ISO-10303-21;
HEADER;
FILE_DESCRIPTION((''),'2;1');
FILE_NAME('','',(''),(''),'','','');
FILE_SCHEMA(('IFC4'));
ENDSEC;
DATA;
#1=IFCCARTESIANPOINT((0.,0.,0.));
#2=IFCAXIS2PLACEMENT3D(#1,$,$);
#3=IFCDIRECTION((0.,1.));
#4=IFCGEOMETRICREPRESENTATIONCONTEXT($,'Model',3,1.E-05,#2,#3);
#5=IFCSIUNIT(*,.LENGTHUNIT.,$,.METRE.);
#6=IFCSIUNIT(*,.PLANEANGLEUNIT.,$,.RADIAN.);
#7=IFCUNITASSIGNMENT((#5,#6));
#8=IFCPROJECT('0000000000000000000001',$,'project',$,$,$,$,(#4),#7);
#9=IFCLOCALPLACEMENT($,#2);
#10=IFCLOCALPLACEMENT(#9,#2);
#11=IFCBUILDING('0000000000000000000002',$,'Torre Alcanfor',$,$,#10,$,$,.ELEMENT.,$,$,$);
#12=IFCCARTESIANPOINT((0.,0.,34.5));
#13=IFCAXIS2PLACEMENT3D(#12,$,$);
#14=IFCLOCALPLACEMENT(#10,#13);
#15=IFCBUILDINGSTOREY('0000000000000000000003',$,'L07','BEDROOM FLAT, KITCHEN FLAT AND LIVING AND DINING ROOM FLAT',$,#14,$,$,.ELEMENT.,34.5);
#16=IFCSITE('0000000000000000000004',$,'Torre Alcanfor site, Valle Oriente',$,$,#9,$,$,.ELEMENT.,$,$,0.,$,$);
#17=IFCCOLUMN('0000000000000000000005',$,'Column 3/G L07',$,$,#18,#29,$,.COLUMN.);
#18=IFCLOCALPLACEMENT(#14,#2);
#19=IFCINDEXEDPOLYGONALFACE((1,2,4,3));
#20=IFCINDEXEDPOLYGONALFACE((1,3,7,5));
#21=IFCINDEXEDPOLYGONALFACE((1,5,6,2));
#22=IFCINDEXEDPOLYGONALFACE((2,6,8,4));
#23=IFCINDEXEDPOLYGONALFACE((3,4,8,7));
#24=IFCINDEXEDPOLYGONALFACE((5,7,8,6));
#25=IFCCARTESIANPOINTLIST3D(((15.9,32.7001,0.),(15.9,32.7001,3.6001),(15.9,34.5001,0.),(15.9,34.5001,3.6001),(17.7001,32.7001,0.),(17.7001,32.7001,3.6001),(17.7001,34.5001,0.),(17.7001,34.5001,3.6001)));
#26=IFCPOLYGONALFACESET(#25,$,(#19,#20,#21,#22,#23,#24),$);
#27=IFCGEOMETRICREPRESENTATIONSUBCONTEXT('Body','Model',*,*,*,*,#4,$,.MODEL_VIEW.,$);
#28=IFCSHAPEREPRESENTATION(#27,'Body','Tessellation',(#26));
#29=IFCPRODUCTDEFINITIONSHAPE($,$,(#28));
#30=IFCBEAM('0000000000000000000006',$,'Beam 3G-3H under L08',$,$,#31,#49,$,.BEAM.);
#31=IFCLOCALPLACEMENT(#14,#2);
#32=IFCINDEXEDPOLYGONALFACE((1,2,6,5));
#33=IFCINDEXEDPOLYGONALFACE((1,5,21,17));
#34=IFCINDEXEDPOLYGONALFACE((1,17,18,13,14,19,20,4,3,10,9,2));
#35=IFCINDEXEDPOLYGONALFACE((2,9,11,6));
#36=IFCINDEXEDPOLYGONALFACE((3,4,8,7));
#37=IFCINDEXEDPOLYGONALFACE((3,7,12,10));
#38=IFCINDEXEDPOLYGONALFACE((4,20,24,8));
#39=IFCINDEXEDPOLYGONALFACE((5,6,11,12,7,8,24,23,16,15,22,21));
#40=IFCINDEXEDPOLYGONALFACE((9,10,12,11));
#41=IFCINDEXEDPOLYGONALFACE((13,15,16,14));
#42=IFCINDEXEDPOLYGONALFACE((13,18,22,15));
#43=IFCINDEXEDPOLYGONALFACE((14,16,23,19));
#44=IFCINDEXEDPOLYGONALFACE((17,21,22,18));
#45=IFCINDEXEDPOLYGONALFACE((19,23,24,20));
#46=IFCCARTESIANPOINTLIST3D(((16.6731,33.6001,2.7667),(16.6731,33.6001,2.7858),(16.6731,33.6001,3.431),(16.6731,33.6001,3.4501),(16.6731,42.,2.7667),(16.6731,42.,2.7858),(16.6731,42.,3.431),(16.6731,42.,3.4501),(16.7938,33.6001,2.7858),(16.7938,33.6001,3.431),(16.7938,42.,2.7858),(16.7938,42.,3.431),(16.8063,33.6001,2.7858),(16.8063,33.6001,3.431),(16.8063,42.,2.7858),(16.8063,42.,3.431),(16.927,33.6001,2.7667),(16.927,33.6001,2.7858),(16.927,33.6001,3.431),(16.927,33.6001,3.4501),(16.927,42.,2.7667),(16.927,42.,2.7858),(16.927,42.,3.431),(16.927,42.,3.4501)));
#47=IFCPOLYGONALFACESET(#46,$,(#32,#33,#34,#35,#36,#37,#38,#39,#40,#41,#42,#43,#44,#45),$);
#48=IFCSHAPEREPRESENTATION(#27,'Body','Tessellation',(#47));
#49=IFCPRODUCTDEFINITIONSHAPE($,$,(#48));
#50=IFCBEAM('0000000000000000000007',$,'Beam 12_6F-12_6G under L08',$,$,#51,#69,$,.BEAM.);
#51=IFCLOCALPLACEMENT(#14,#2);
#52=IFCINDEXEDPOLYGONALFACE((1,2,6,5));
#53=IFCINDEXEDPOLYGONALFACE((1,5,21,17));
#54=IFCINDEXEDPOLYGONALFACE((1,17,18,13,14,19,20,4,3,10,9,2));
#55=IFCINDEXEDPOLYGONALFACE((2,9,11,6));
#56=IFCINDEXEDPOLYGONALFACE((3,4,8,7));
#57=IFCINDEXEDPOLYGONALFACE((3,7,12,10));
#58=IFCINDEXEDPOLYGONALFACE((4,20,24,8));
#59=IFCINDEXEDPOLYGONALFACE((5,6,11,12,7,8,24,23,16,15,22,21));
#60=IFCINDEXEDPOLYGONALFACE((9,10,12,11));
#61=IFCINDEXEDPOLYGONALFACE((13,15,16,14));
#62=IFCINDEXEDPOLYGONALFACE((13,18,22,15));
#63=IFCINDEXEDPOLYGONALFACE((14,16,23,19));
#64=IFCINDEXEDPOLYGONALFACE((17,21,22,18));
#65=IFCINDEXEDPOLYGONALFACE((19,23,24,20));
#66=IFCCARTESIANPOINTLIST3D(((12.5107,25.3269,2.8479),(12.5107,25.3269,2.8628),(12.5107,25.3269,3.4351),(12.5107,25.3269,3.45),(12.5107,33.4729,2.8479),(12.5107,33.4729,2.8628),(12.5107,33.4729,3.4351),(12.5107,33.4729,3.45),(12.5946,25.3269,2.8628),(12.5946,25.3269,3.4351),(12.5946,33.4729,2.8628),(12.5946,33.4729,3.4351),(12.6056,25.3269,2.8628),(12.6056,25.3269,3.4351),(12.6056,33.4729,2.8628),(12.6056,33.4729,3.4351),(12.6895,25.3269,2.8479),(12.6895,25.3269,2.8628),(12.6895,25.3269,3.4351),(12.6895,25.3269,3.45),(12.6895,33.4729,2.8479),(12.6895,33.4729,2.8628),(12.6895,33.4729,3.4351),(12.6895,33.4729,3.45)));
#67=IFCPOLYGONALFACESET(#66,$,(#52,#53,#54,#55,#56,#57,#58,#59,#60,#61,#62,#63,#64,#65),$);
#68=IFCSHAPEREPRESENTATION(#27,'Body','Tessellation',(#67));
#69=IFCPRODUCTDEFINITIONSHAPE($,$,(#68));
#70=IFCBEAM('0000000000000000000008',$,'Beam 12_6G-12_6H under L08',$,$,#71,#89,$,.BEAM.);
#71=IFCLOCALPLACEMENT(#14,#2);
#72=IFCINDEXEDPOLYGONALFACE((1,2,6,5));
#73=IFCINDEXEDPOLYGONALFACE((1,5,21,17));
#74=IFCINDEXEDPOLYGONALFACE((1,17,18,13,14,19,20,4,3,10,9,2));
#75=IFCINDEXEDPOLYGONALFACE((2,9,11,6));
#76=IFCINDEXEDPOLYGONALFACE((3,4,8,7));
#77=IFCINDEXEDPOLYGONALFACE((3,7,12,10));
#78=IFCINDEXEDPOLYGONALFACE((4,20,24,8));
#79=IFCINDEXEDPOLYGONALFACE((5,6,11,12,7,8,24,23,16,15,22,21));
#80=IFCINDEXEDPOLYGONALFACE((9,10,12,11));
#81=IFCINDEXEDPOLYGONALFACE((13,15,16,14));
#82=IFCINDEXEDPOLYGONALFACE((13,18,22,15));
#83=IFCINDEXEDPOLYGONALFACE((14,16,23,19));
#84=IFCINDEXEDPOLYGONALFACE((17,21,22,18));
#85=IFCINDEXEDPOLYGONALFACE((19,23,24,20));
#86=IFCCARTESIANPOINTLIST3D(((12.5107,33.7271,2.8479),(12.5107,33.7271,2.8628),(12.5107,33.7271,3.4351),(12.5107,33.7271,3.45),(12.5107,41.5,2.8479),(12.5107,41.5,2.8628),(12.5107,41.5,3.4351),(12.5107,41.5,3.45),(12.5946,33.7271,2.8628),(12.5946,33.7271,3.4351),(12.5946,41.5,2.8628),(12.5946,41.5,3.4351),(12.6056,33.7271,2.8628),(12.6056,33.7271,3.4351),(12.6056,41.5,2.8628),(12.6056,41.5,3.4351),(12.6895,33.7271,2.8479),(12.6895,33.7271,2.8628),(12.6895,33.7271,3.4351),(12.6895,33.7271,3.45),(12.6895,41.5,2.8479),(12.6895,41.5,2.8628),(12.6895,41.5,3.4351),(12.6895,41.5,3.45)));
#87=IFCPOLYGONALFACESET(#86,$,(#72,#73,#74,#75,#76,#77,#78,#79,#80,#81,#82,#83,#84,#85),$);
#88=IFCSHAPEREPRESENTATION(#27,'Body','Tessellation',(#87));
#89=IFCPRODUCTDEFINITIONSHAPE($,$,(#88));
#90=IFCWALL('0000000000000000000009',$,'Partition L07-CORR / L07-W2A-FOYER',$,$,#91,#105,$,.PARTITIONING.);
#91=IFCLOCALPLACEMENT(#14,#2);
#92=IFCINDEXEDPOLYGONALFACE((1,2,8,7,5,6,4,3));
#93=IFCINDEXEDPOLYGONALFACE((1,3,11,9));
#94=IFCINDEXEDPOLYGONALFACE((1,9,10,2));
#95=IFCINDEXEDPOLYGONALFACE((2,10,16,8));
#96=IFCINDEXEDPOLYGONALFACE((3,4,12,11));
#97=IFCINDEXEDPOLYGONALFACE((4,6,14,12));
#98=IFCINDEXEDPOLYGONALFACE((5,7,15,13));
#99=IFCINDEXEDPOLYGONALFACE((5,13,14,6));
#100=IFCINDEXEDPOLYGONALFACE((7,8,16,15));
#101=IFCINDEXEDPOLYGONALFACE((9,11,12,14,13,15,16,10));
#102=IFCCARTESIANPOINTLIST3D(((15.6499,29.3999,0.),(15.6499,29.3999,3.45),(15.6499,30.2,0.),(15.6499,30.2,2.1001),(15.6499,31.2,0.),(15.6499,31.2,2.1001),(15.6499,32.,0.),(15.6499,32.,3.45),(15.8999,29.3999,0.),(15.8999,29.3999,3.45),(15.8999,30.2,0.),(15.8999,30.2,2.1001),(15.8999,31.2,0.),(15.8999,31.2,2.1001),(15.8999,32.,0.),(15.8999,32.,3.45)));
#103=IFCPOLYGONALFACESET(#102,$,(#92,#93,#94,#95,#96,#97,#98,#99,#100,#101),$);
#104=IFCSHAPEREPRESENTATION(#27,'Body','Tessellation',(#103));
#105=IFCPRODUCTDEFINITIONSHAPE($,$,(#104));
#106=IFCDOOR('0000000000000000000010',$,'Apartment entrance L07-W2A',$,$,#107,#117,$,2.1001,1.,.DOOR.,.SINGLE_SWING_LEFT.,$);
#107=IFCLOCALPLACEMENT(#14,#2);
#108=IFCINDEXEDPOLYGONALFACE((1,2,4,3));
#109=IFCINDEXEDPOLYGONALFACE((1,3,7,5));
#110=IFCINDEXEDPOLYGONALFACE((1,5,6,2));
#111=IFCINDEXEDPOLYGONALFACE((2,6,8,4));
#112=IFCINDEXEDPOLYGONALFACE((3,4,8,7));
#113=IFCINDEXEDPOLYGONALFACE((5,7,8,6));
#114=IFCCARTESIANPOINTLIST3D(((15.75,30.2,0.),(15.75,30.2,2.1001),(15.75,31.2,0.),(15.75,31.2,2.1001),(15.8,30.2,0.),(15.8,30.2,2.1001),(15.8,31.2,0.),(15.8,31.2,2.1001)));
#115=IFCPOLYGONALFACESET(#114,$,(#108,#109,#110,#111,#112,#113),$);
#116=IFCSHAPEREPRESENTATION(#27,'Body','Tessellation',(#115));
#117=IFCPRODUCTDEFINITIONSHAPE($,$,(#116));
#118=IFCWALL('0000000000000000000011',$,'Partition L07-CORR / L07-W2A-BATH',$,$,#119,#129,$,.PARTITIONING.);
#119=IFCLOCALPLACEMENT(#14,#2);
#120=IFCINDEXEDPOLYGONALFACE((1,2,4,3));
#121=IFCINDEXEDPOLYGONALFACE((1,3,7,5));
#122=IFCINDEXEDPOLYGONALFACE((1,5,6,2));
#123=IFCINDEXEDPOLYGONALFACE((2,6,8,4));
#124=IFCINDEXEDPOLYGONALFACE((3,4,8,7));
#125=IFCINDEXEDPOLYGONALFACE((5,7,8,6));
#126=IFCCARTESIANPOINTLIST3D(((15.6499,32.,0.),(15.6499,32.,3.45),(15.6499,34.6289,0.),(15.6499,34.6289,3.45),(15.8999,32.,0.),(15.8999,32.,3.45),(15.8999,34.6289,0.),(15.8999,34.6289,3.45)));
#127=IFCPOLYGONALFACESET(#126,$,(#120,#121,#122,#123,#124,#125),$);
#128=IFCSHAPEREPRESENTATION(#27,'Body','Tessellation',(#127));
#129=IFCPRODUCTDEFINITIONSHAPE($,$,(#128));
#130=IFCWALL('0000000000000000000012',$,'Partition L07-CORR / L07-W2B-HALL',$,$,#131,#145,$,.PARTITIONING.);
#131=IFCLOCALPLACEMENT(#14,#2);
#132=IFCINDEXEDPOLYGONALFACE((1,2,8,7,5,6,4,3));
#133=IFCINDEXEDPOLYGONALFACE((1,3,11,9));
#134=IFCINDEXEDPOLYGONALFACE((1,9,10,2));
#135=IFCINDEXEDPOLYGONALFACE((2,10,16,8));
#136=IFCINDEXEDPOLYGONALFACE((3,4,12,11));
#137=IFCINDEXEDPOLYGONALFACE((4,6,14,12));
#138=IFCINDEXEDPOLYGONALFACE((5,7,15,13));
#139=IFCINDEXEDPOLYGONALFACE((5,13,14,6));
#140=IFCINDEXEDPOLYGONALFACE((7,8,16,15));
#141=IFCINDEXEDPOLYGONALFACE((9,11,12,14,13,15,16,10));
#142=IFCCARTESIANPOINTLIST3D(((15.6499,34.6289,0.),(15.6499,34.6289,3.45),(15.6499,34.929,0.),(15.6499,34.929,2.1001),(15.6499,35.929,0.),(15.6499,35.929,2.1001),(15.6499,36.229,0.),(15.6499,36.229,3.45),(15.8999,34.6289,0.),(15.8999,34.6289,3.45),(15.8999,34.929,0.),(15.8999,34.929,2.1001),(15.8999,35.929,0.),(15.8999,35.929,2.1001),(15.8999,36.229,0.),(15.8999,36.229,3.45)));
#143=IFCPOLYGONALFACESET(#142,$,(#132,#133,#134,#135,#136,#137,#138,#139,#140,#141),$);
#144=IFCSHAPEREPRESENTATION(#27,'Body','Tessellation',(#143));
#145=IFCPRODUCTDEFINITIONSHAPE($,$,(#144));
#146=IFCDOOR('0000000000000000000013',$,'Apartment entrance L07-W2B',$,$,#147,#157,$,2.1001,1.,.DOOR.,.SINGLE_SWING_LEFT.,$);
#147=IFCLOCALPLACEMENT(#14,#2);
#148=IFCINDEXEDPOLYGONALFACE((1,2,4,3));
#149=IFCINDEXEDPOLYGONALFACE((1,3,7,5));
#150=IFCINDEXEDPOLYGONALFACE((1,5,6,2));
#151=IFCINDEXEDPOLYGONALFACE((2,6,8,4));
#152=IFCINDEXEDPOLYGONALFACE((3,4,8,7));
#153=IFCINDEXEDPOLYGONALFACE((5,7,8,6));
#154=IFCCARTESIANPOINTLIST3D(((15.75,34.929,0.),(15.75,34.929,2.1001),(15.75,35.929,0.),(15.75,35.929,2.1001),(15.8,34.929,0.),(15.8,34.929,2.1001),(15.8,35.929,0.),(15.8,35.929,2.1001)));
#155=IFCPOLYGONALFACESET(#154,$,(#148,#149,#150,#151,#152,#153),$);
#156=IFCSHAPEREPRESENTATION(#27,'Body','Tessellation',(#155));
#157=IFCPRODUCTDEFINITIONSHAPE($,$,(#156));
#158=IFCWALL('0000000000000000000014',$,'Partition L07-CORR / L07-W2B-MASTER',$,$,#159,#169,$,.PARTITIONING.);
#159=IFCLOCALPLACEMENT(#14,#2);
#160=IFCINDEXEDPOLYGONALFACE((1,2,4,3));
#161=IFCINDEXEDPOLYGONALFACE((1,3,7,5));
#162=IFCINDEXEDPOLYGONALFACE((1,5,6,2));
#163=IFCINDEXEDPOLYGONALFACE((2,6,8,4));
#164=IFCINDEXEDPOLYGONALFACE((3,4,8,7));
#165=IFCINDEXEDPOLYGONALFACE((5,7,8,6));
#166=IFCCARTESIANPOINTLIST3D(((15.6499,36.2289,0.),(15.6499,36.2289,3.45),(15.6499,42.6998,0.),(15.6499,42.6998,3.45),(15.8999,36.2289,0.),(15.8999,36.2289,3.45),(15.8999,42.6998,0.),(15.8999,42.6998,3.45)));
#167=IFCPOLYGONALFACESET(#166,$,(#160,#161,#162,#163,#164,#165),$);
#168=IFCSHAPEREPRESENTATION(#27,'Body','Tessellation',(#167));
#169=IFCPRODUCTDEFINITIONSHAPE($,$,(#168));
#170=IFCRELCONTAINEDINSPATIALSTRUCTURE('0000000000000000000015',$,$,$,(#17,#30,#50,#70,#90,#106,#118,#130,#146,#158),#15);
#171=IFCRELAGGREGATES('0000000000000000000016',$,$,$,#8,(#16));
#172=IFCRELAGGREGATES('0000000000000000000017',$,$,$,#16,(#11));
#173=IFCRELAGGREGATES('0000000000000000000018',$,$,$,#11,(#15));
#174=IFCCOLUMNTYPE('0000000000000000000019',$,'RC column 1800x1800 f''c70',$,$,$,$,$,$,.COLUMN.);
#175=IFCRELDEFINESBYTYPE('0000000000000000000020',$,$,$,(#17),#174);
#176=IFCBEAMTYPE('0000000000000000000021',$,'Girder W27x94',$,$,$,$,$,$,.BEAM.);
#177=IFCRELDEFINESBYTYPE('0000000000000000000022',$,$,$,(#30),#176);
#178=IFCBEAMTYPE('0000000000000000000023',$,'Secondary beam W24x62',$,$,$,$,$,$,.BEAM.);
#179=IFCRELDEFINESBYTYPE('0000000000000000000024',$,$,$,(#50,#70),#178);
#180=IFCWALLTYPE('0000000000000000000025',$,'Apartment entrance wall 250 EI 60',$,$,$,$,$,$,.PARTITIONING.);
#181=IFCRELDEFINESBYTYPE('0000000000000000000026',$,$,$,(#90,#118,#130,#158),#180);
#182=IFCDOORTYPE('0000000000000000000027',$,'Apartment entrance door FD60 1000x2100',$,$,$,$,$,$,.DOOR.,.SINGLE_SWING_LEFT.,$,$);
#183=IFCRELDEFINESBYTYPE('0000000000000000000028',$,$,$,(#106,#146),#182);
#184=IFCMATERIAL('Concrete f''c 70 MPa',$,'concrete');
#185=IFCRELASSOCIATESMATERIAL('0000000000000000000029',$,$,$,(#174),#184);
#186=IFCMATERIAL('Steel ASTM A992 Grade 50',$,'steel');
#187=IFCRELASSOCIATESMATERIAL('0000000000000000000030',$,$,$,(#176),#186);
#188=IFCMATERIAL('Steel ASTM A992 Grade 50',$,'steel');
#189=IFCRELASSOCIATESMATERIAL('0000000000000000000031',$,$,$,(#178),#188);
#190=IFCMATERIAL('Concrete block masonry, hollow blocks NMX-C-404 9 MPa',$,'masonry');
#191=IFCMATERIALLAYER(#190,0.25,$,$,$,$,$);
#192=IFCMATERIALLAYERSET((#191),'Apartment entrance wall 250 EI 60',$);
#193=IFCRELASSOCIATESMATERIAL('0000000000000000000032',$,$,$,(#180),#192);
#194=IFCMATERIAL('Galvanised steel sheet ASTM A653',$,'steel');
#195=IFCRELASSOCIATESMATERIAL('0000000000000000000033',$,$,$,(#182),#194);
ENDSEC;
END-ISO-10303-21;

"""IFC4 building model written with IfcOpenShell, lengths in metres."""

from ifc_helpers import new_model, si_unit, direction, frame, frame_2d, origin, origin_2d, place, context, subcontext, project, spatial, rectangle, i_section, extrude, material, layer, layer_set, material_profile, profile_set, type_object, element, fill, save


model = new_model("IFC4")

# Units and contexts
model_context = context("Model", 3, precision=1e-05, world=origin(), true_north=direction((0.0, 1.0)))
body_context = subcontext(model_context, "Body", "Model", "MODEL_VIEW")
ifc_project = project(units=[si_unit("LENGTHUNIT", "METRE"), si_unit("PLANEANGLEUNIT", "RADIAN")], contexts=[model_context])

# Site, building, storey
site_placement = place(None, origin())
site = spatial("IfcSite", under=ifc_project, at=site_placement, Name="Torre Alcanfor site, Valle Oriente", CompositionType="ELEMENT", RefElevation=0.0)
building_placement = place(site_placement, origin())
building = spatial("IfcBuilding", under=site, at=building_placement, Name="Torre Alcanfor", CompositionType="ELEMENT")
storey_placement = place(building_placement, frame((0.0, 0.0, 34.5)))
storey = spatial("IfcBuildingStorey", under=building, at=storey_placement, Name="L07", Description="BEDROOM FLAT, KITCHEN FLAT AND LIVING AND DINING ROOM FLAT", CompositionType="ELEMENT", Elevation=34.5)

# Column
ifc_material_1 = material(Name="Concrete f'c 70 MPa", Category="concrete")
ifc_material_profile_1 = material_profile(ifc_material_1, rectangle(XDim=1.8, YDim=1.8, at=origin_2d()), Name="1800x1800")
ifc_profile_set_1 = profile_set([ifc_material_profile_1], Name="Concrete f'c 70 MPa")
column_type = type_object("IfcColumnType", Name="RC column 1800x1800 f'c70", PredefinedType="COLUMN", material=ifc_profile_set_1)
column_placement = place(storey_placement, frame((16.8, 33.6001, 0.0), z_axis=(0.0, 0.0, 1.0), x_axis=(1.0, 0.0, 0.0)))
element("IfcColumn", 1, at=column_placement, inside=storey, type_object=column_type, Name="Column 3/G L07", PredefinedType="COLUMN", context=body_context, shape_type="SweptSolid", body=[
    extrude(rectangle(XDim=1.8, YDim=1.8, at=origin_2d()), origin(), (0.0, 0.0, 1.0), 3.6001),
])

# Beams
ifc_material_2 = material(Name="Steel ASTM A992 Grade 50", Category="steel")
ifc_material_profile_2 = material_profile(ifc_material_2, i_section(OverallWidth=0.2539, OverallDepth=0.6833, WebThickness=0.0125, FlangeThickness=0.019, at=origin_2d()), Name="W27x94")
ifc_profile_set_2 = profile_set([ifc_material_profile_2], Name="Steel ASTM A992 Grade 50")
beam_type_1 = type_object("IfcBeamType", Name="Girder W27x94", PredefinedType="BEAM", material=ifc_profile_set_2)
beam_1_placement = place(storey_placement, frame((16.8, 33.6001, 3.1084), z_axis=(0.0, 1.0, 0.0), x_axis=(-1.0, 0.0, 0.0)))
element("IfcBeam", 2, at=beam_1_placement, inside=storey, type_object=beam_type_1, Name="Beam 3G-3H under L08", PredefinedType="BEAM", context=body_context, shape_type="SweptSolid", body=[
    extrude(i_section(OverallWidth=0.2539, OverallDepth=0.6833, WebThickness=0.0125, FlangeThickness=0.019, at=origin_2d()), origin(), (0.0, 0.0, 1.0), 8.3999),
])
ifc_material_3 = material(Name="Steel ASTM A992 Grade 50", Category="steel")
ifc_material_profile_3 = material_profile(ifc_material_3, i_section(OverallWidth=0.1787, OverallDepth=0.6021, WebThickness=0.011, FlangeThickness=0.0149, at=origin_2d()), Name="W24x62")
ifc_profile_set_3 = profile_set([ifc_material_profile_3], Name="Steel ASTM A992 Grade 50")
beam_type_2 = type_object("IfcBeamType", Name="Secondary beam W24x62", PredefinedType="BEAM", material=ifc_profile_set_3)
beam_2_placement = place(storey_placement, frame((12.6001, 25.3269, 3.1489), z_axis=(0.0, 1.0, 0.0), x_axis=(-1.0, 0.0, 0.0)))
element("IfcBeam", 3, at=beam_2_placement, inside=storey, type_object=beam_type_2, Name="Beam 12_6F-12_6G under L08", PredefinedType="BEAM", context=body_context, shape_type="SweptSolid", body=[
    extrude(i_section(OverallWidth=0.1787, OverallDepth=0.6021, WebThickness=0.011, FlangeThickness=0.0149, at=origin_2d()), origin(), (0.0, 0.0, 1.0), 8.146),
])
beam_3_placement = place(storey_placement, frame((12.6001, 33.7271, 3.1489), z_axis=(0.0, 1.0, 0.0), x_axis=(-1.0, 0.0, 0.0)))
element("IfcBeam", 4, at=beam_3_placement, inside=storey, type_object=beam_type_2, Name="Beam 12_6G-12_6H under L08", PredefinedType="BEAM", context=body_context, shape_type="SweptSolid", body=[
    extrude(i_section(OverallWidth=0.1787, OverallDepth=0.6021, WebThickness=0.011, FlangeThickness=0.0149, at=origin_2d()), origin(), (0.0, 0.0, 1.0), 7.7729),
])

# Wall, opening, door
ifc_material_4 = material(Name="Concrete block masonry, hollow blocks NMX-C-404 9 MPa", Category="masonry")
ifc_layer_1 = layer(ifc_material_4, 0.25)
ifc_layer_set_1 = layer_set([ifc_layer_1], Name="Apartment entrance wall 250 EI 60")
wall_type_1 = type_object("IfcWallType", Name="Apartment entrance wall 250 EI 60", PredefinedType="PARTITIONING", material=ifc_layer_set_1)
wall_1_placement = place(storey_placement, frame((15.7749, 29.3999, 0.0), z_axis=(0.0, 0.0, 1.0), x_axis=(0.0, 1.0, 0.0)))
wall_1 = element("IfcWall", 5, at=wall_1_placement, inside=storey, type_object=wall_type_1, Name="Partition L07-CORR / L07-W2A-FOYER", PredefinedType="PARTITIONING", context=body_context, shape_type="SweptSolid", body=[
    extrude(rectangle(XDim=2.6001, YDim=0.25, at=frame_2d((1.3, 0.0))), origin(), (0.0, 0.0, 1.0), 3.45),
])
opening_1_placement = place(wall_1_placement, frame((0.8, 0.0, 0.0)))
opening_1 = element("IfcOpeningElement", 6, at=opening_1_placement, cuts=wall_1, PredefinedType="OPENING", context=body_context, shape_type="SweptSolid", body=[
    extrude(rectangle(XDim=1.0, YDim=2.1001, at=frame_2d((0.5, 1.05))), frame((0.0, 0.135, 0.0), z_axis=(0.0, -1.0, 0.0), x_axis=(1.0, 0.0, 0.0)), (0.0, 0.0, 1.0), 0.27),
])
ifc_material_5 = material(Name="Galvanised steel sheet ASTM A653", Category="steel")
door_type_1 = type_object("IfcDoorType", Name="Apartment entrance door FD60 1000x2100", OperationType="SINGLE_SWING_LEFT", PredefinedType="DOOR", material=ifc_material_5)
door_1_placement = place(opening_1_placement, origin())
door_1 = element("IfcDoor", 7, at=door_1_placement, inside=storey, type_object=door_type_1, Name="Apartment entrance L07-W2A", OperationType="SINGLE_SWING_LEFT", OverallHeight=2.1001, OverallWidth=1.0, PredefinedType="DOOR", context=body_context, shape_type="SweptSolid", body=[
    extrude(rectangle(XDim=1.0, YDim=2.1001, at=frame_2d((0.5, 1.05))), frame((0.0, 0.0249, 0.0), z_axis=(0.0, -1.0, 0.0), x_axis=(1.0, 0.0, 0.0)), (0.0, 0.0, 1.0), 0.05),
])
fill(opening_1, door_1)

# Wall
wall_2_placement = place(storey_placement, frame((15.7749, 32.0, 0.0), z_axis=(0.0, 0.0, 1.0), x_axis=(0.0, 1.0, 0.0)))
element("IfcWall", 8, at=wall_2_placement, inside=storey, type_object=wall_type_1, Name="Partition L07-CORR / L07-W2A-BATH", PredefinedType="PARTITIONING", context=body_context, shape_type="SweptSolid", body=[
    extrude(rectangle(XDim=2.6289, YDim=0.25, at=frame_2d((1.3145, 0.0))), origin(), (0.0, 0.0, 1.0), 3.45),
])

# Wall, opening, door
wall_3_placement = place(storey_placement, frame((15.7749, 34.6289, 0.0), z_axis=(0.0, 0.0, 1.0), x_axis=(0.0, 1.0, 0.0)))
wall_3 = element("IfcWall", 9, at=wall_3_placement, inside=storey, type_object=wall_type_1, Name="Partition L07-CORR / L07-W2B-HALL", PredefinedType="PARTITIONING", context=body_context, shape_type="SweptSolid", body=[
    extrude(rectangle(XDim=1.6001, YDim=0.25, at=frame_2d((0.8, 0.0))), origin(), (0.0, 0.0, 1.0), 3.45),
])
opening_2_placement = place(wall_3_placement, frame((0.3, 0.0, 0.0)))
opening_2 = element("IfcOpeningElement", 10, at=opening_2_placement, cuts=wall_3, PredefinedType="OPENING", context=body_context, shape_type="SweptSolid", body=[
    extrude(rectangle(XDim=1.0, YDim=2.1001, at=frame_2d((0.5, 1.05))), frame((0.0, 0.135, 0.0), z_axis=(0.0, -1.0, 0.0), x_axis=(1.0, 0.0, 0.0)), (0.0, 0.0, 1.0), 0.27),
])
door_2_placement = place(opening_2_placement, origin())
door_2 = element("IfcDoor", 11, at=door_2_placement, inside=storey, type_object=door_type_1, Name="Apartment entrance L07-W2B", OperationType="SINGLE_SWING_LEFT", OverallHeight=2.1001, OverallWidth=1.0, PredefinedType="DOOR", context=body_context, shape_type="SweptSolid", body=[
    extrude(rectangle(XDim=1.0, YDim=2.1001, at=frame_2d((0.5, 1.05))), frame((0.0, 0.0249, 0.0), z_axis=(0.0, -1.0, 0.0), x_axis=(1.0, 0.0, 0.0)), (0.0, 0.0, 1.0), 0.05),
])
fill(opening_2, door_2)

# Wall
wall_4_placement = place(storey_placement, frame((15.7749, 36.229, 0.0), z_axis=(0.0, 0.0, 1.0), x_axis=(0.0, 1.0, 0.0)))
element("IfcWall", 12, at=wall_4_placement, inside=storey, type_object=wall_type_1, Name="Partition L07-CORR / L07-W2B-MASTER", PredefinedType="PARTITIONING", context=body_context, shape_type="SweptSolid", body=[
    extrude(rectangle(XDim=6.4709, YDim=0.25, at=frame_2d((3.2354, 0.0))), origin(), (0.0, 0.0, 1.0), 3.45),
])

save(model, "model.ifc")
